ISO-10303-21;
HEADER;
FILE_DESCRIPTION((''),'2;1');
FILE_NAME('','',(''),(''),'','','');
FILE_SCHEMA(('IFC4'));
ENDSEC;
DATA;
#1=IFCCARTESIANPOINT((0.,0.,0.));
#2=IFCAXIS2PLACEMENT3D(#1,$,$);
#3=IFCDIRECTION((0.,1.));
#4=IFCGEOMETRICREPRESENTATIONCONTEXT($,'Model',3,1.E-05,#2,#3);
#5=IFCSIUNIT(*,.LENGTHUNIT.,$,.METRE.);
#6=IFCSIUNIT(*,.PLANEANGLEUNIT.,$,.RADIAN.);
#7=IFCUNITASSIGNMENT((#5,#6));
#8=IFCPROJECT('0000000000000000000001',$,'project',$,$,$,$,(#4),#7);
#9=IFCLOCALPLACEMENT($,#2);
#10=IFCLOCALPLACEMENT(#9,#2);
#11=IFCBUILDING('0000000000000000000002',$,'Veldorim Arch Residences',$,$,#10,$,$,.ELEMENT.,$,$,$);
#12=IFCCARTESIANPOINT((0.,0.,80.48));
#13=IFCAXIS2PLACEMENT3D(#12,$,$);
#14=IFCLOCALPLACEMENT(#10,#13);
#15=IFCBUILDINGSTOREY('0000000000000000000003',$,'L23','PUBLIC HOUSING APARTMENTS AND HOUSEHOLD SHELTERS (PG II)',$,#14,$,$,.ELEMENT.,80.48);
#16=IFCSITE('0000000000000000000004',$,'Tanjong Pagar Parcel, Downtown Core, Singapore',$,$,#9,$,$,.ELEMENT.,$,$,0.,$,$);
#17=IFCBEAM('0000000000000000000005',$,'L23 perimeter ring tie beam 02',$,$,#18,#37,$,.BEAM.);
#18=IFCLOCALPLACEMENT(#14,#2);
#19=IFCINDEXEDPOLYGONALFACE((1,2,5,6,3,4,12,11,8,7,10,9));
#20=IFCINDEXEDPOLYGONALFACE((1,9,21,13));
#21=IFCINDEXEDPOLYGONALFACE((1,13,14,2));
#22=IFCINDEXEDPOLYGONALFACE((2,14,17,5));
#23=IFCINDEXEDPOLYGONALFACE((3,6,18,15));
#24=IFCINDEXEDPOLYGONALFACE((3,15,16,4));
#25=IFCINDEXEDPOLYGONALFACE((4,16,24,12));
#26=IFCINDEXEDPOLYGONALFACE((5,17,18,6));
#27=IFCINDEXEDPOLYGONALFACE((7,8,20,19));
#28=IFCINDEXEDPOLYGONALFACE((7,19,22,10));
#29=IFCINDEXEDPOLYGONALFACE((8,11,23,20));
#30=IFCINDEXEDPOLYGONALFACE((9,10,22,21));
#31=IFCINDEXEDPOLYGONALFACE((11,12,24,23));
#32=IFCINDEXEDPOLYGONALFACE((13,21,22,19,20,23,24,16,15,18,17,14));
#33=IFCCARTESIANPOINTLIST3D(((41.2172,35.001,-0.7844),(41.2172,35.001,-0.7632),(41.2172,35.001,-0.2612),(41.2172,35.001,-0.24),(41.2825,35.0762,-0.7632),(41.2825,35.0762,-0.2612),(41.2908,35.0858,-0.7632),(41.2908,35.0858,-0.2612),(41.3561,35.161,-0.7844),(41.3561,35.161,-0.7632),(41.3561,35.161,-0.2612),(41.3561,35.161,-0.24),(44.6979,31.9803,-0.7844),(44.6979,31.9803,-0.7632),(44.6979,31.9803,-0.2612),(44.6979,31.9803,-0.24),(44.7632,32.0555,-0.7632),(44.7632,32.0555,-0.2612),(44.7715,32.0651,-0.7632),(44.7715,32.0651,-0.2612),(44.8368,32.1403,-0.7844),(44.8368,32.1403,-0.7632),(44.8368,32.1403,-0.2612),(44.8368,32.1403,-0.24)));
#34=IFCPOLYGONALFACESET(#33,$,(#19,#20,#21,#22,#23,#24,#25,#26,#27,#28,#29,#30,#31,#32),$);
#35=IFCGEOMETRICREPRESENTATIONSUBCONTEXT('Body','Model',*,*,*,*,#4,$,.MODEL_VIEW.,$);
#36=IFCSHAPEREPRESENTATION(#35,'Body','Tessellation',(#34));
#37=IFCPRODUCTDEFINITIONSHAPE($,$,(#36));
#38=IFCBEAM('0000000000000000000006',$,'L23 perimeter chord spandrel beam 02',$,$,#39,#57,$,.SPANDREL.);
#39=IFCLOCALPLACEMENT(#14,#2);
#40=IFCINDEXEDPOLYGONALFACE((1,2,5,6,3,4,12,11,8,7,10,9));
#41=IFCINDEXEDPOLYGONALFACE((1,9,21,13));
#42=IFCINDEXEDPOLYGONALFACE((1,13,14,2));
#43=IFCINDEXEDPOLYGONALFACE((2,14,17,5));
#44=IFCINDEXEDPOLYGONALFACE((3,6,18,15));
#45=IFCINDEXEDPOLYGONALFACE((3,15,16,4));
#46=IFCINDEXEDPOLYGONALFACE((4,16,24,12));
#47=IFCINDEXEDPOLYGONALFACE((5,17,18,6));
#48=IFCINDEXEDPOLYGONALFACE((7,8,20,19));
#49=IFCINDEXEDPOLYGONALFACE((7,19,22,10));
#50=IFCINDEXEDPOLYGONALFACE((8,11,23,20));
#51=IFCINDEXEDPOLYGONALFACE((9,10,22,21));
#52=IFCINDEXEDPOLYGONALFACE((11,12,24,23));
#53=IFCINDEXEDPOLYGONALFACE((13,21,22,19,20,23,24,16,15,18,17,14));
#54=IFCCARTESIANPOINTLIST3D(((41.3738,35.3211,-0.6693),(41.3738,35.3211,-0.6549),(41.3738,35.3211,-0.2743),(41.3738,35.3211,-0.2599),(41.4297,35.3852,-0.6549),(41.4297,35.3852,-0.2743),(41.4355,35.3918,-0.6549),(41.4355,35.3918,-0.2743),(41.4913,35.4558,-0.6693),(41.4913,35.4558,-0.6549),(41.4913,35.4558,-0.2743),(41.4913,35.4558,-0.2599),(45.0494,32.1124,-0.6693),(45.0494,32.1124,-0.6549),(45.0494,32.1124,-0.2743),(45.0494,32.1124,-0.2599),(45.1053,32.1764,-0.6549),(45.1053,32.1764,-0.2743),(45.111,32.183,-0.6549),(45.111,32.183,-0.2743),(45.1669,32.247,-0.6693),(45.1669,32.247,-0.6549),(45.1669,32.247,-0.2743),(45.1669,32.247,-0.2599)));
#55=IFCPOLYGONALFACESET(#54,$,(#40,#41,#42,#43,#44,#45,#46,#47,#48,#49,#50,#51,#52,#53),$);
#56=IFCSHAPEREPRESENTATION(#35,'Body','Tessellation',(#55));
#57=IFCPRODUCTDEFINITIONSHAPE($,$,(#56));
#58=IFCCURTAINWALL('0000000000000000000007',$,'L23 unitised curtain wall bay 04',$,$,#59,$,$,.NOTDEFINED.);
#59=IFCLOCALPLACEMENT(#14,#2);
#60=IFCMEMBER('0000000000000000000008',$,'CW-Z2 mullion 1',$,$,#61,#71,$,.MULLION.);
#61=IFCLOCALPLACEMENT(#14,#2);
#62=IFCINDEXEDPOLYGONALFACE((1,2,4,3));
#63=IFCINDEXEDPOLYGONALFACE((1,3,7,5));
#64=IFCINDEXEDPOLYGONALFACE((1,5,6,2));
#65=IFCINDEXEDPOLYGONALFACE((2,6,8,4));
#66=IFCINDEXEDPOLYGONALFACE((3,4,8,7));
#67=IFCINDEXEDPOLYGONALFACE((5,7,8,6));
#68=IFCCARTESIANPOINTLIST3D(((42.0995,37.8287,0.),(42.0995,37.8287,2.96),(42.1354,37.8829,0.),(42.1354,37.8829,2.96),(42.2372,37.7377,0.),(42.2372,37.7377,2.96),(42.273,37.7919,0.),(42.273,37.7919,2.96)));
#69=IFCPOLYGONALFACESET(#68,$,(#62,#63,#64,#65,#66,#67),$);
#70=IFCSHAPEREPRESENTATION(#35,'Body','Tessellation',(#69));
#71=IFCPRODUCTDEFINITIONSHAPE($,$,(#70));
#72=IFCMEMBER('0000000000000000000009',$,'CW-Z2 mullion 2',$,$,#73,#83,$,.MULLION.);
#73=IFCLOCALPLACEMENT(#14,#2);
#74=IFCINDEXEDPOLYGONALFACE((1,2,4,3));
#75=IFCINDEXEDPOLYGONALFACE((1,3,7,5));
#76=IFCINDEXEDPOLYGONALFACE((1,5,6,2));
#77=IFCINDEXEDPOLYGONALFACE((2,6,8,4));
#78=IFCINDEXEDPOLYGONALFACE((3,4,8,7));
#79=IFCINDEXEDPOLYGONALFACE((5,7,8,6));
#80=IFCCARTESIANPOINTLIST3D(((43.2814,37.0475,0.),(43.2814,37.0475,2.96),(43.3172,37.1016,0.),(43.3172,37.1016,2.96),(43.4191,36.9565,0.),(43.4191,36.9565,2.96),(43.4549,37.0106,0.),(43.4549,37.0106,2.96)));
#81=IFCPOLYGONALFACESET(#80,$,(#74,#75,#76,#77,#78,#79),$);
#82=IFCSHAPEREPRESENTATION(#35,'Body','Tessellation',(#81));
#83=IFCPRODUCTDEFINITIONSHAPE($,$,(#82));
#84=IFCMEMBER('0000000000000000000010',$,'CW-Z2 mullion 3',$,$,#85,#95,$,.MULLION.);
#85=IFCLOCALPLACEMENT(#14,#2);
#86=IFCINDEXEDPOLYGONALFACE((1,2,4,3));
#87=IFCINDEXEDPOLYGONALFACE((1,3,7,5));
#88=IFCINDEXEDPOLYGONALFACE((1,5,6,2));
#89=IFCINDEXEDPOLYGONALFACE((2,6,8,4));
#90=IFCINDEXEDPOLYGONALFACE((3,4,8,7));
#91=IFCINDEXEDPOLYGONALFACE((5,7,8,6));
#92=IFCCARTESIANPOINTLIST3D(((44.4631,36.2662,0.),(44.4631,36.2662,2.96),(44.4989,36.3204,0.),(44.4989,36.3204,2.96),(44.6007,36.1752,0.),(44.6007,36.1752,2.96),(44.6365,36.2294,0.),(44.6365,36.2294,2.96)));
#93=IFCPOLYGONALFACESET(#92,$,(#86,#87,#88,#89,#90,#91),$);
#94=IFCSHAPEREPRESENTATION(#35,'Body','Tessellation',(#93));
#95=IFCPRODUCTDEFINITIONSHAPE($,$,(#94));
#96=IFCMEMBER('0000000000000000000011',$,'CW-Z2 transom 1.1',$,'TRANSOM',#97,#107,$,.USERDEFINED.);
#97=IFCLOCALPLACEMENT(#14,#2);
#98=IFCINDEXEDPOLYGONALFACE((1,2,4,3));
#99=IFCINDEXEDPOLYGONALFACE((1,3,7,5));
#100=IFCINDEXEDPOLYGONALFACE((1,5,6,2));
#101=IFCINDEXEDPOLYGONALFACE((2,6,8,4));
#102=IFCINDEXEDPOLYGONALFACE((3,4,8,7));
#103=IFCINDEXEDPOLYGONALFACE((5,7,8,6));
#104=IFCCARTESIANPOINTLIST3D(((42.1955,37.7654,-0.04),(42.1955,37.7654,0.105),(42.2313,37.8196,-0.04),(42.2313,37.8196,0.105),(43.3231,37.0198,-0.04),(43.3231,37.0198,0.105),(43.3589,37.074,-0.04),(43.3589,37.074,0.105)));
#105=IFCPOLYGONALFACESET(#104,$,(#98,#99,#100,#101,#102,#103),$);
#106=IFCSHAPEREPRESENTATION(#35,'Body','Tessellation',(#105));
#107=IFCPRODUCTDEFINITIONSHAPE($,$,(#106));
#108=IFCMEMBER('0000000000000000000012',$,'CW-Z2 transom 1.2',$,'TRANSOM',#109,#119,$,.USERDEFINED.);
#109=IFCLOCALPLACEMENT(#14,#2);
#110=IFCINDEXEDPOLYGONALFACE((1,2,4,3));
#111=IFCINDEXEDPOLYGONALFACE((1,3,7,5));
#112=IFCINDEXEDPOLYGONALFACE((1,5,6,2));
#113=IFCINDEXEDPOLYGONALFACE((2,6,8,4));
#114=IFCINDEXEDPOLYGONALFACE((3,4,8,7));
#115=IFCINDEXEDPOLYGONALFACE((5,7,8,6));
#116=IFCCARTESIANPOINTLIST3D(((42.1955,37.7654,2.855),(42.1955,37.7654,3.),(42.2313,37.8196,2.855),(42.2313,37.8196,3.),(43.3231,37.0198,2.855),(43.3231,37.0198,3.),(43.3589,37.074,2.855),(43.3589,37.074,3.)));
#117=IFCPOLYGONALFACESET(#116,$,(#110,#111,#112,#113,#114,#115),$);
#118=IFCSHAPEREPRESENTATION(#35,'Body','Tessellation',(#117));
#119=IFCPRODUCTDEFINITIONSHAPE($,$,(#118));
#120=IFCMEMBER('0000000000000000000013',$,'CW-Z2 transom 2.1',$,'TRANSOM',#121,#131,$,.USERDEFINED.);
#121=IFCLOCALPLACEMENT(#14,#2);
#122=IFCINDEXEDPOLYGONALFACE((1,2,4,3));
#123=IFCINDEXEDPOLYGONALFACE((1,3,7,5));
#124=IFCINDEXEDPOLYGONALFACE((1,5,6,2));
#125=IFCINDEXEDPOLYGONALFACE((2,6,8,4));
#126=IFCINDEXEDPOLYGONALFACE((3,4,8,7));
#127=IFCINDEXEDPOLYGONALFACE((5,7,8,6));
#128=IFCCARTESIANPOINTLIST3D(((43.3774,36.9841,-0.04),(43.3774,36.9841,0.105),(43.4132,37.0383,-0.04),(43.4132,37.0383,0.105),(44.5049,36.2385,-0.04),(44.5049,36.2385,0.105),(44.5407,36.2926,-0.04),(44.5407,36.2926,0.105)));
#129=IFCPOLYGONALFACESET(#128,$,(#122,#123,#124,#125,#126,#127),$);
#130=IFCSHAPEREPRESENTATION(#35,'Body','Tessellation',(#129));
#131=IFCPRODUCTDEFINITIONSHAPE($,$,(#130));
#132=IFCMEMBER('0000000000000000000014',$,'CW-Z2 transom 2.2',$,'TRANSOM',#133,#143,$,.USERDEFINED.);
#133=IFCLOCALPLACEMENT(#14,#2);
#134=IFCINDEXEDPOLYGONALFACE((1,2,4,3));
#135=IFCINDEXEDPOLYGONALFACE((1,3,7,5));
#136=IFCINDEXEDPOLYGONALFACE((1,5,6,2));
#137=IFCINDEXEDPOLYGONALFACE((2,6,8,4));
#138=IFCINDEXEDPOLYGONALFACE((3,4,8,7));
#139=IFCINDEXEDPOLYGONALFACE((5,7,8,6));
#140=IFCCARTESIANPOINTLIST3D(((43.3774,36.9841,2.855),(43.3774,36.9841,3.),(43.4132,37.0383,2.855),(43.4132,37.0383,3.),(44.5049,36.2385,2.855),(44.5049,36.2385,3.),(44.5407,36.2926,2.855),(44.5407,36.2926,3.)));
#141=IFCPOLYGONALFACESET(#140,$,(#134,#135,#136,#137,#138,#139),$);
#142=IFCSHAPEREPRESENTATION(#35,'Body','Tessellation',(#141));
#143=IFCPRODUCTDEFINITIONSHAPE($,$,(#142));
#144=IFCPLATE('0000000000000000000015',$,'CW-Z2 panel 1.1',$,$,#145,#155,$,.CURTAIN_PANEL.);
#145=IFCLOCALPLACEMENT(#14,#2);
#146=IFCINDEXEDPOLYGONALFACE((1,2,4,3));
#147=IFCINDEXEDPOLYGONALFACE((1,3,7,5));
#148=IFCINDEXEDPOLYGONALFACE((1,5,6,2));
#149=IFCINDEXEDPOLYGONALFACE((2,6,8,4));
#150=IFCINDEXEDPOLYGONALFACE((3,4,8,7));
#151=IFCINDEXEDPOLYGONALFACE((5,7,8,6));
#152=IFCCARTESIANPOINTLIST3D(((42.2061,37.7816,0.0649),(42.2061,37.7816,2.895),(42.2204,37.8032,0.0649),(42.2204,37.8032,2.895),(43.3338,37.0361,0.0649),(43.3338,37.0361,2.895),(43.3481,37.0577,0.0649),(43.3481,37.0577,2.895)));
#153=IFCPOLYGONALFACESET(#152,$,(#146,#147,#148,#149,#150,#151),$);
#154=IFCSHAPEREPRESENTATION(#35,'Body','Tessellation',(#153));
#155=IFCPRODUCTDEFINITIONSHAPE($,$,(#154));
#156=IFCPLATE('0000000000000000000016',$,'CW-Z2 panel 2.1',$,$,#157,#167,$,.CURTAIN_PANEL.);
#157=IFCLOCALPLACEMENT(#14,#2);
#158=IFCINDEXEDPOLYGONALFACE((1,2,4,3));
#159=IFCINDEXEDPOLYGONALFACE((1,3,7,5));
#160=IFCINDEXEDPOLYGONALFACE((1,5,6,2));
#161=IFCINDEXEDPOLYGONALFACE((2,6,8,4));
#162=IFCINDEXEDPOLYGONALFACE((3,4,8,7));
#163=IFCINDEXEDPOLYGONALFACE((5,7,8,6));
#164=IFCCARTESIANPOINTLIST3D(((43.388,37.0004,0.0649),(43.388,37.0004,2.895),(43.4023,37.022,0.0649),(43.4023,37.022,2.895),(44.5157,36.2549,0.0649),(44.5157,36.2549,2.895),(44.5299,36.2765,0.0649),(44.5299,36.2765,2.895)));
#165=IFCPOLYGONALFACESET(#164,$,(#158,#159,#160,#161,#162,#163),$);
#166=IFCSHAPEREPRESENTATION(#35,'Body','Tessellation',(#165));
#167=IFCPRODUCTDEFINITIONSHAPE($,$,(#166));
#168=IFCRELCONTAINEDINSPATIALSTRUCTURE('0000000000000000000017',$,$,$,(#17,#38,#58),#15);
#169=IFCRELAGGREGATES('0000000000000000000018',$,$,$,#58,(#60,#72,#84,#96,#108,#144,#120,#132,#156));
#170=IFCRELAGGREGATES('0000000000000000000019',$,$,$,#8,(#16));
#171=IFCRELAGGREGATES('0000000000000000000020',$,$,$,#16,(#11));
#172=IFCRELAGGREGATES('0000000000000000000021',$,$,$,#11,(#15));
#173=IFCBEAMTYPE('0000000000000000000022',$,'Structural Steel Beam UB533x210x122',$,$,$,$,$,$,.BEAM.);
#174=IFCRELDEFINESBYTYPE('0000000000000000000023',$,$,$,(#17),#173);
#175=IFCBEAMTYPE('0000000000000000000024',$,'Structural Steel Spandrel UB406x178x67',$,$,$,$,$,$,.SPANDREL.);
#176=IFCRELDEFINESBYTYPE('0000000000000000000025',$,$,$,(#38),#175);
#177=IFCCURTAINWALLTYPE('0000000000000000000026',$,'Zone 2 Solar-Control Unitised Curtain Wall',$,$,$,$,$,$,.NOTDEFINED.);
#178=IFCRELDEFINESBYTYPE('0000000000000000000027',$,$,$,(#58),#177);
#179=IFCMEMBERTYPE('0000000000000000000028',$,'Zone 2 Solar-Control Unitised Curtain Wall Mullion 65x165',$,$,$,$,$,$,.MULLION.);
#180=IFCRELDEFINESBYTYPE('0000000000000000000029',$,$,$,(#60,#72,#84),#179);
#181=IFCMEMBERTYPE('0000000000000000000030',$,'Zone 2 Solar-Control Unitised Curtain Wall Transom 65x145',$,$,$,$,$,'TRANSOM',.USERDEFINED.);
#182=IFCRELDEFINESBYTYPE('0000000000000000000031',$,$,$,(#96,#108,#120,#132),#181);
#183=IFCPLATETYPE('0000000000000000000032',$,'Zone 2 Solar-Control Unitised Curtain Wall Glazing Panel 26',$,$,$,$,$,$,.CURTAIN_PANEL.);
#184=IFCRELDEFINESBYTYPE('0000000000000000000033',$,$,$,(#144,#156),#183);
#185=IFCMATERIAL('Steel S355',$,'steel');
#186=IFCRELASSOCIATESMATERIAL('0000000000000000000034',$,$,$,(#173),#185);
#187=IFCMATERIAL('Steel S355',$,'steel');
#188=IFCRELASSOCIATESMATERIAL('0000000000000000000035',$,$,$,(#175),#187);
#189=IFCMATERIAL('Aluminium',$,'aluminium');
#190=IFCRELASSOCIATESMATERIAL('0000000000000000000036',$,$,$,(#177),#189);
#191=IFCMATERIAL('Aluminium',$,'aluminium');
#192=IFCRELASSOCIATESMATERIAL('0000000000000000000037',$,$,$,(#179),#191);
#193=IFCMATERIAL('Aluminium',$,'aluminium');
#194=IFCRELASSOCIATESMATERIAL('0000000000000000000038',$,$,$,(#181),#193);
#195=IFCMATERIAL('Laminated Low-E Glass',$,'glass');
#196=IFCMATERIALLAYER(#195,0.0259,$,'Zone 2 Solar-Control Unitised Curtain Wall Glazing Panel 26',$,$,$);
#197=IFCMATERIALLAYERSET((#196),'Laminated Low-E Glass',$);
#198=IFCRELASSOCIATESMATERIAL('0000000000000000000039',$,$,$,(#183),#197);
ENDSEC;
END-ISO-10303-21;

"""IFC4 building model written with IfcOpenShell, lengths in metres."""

from ifc_helpers import new_model, si_unit, direction, frame, origin, origin_2d, place, context, subcontext, project, spatial, rectangle, i_section, extrude, material, layer, layer_set, material_profile, profile_set, type_object, element, aggregate, save


model = new_model("IFC4")

# Units and contexts
model_context = context("Model", 3, precision=1e-05, world=origin(), true_north=direction((0.0, 1.0)))
body_context = subcontext(model_context, "Body", "Model", "MODEL_VIEW")
ifc_project = project(units=[si_unit("LENGTHUNIT", "METRE"), si_unit("PLANEANGLEUNIT", "RADIAN")], contexts=[model_context])

# Site, building, storey
site_placement = place(None, origin())
site = spatial("IfcSite", under=ifc_project, at=site_placement, Name="Tanjong Pagar Parcel, Downtown Core, Singapore", CompositionType="ELEMENT", RefElevation=0.0)
building_placement = place(site_placement, origin())
building = spatial("IfcBuilding", under=site, at=building_placement, Name="Veldorim Arch Residences", CompositionType="ELEMENT")
storey_placement = place(building_placement, frame((0.0, 0.0, 80.48)))
storey = spatial("IfcBuildingStorey", under=building, at=storey_placement, Name="L23", Description="PUBLIC HOUSING APARTMENTS AND HOUSEHOLD SHELTERS (PG II)", CompositionType="ELEMENT", Elevation=80.48)

# Beams
ifc_material_1 = material(Name="Steel S355", Category="steel")
ifc_material_profile_1 = material_profile(ifc_material_1, i_section(OverallWidth=0.2119, OverallDepth=0.5444, WebThickness=0.0127, FlangeThickness=0.0212, at=origin_2d()), Name="UB533x210x122")
ifc_profile_set_1 = profile_set([ifc_material_profile_1], Name="Steel S355")
beam_type_1 = type_object("IfcBeamType", Name="Structural Steel Beam UB533x210x122", PredefinedType="BEAM", material=ifc_profile_set_1)
beam_1_placement = place(storey_placement, frame((44.7673, 32.0603, -0.5122), z_axis=(-0.755245, 0.655443, 0.0), x_axis=(-0.655443, -0.755245, 0.0)))
element("IfcBeam", 1, at=beam_1_placement, inside=storey, type_object=beam_type_1, Name="L23 perimeter ring tie beam 02", PredefinedType="BEAM", context=body_context, shape_type="SweptSolid", body=[
    extrude(i_section(OverallWidth=0.2119, OverallDepth=0.5444, WebThickness=0.0127, FlangeThickness=0.0212, at=origin_2d()), origin(), (0.0, 0.0, 1.0), 4.6086),
])
ifc_material_2 = material(Name="Steel S355", Category="steel")
ifc_material_profile_2 = material_profile(ifc_material_2, i_section(OverallWidth=0.1787, OverallDepth=0.4094, WebThickness=0.0088, FlangeThickness=0.0144, at=origin_2d()), Name="UB406x178x67")
ifc_profile_set_2 = profile_set([ifc_material_profile_2], Name="Steel S355")
beam_type_2 = type_object("IfcBeamType", Name="Structural Steel Spandrel UB406x178x67", PredefinedType="SPANDREL", material=ifc_profile_set_2)
beam_2_placement = place(storey_placement, frame((45.1082, 32.1797, -0.4646), z_axis=(-0.753323, 0.65765, 0.0), x_axis=(-0.65765, -0.753323, 0.0)))
element("IfcBeam", 2, at=beam_2_placement, inside=storey, type_object=beam_type_2, Name="L23 perimeter chord spandrel beam 02", PredefinedType="SPANDREL", context=body_context, shape_type="SweptSolid", body=[
    extrude(i_section(OverallWidth=0.1787, OverallDepth=0.4094, WebThickness=0.0088, FlangeThickness=0.0144, at=origin_2d()), origin(), (0.0, 0.0, 1.0), 4.8792),
])

# Curtain wall, members, plates
ifc_material_3 = material(Name="Aluminium", Category="aluminium")
curtain_wall_type = type_object("IfcCurtainWallType", Name="Zone 2 Solar-Control Unitised Curtain Wall", PredefinedType="NOTDEFINED", material=ifc_material_3)
curtain_wall_placement = place(storey_placement, origin())
curtain_wall = element("IfcCurtainWall", 3, at=curtain_wall_placement, inside=storey, type_object=curtain_wall_type, Name="L23 unitised curtain wall bay 04", PredefinedType="NOTDEFINED")
ifc_material_4 = material(Name="Aluminium", Category="aluminium")
ifc_material_profile_3 = material_profile(ifc_material_4, rectangle(XDim=0.0649, YDim=0.165, at=origin_2d()), Name="ALU_MUL_65x165")
ifc_profile_set_3 = profile_set([ifc_material_profile_3], Name="Aluminium")
member_type_1 = type_object("IfcMemberType", Name="Zone 2 Solar-Control Unitised Curtain Wall Mullion 65x165", PredefinedType="MULLION", material=ifc_profile_set_3)
member_1_placement = place(storey_placement, frame((42.1863, 37.8103, 0.0), z_axis=(0.0, 0.0, 1.0), x_axis=(0.551503, 0.834173, 0.0)))
member_1 = element("IfcMember", 4, at=member_1_placement, type_object=member_type_1, Name="CW-Z2 mullion 1", PredefinedType="MULLION", context=body_context, shape_type="SweptSolid", body=[
    extrude(rectangle(XDim=0.0649, YDim=0.165, at=origin_2d()), origin(), (0.0, 0.0, 1.0), 2.96),
])
member_2_placement = place(storey_placement, frame((43.3682, 37.0291, 0.0), z_axis=(0.0, 0.0, 1.0), x_axis=(0.551503, 0.834173, 0.0)))
member_2 = element("IfcMember", 5, at=member_2_placement, type_object=member_type_1, Name="CW-Z2 mullion 2", PredefinedType="MULLION", context=body_context, shape_type="SweptSolid", body=[
    extrude(rectangle(XDim=0.0649, YDim=0.165, at=origin_2d()), origin(), (0.0, 0.0, 1.0), 2.96),
])
member_3_placement = place(storey_placement, frame((44.5498, 36.2478, 0.0), z_axis=(0.0, 0.0, 1.0), x_axis=(0.551503, 0.834173, 0.0)))
member_3 = element("IfcMember", 6, at=member_3_placement, type_object=member_type_1, Name="CW-Z2 mullion 3", PredefinedType="MULLION", context=body_context, shape_type="SweptSolid", body=[
    extrude(rectangle(XDim=0.0649, YDim=0.165, at=origin_2d()), origin(), (0.0, 0.0, 1.0), 2.96),
])
ifc_material_5 = material(Name="Aluminium", Category="aluminium")
ifc_material_profile_4 = material_profile(ifc_material_5, rectangle(XDim=0.0649, YDim=0.145, at=origin_2d()), Name="ALU_TRN_65x145")
ifc_profile_set_4 = profile_set([ifc_material_profile_4], Name="Aluminium")
member_type_2 = type_object("IfcMemberType", Name="Zone 2 Solar-Control Unitised Curtain Wall Transom 65x145", ElementType="TRANSOM", PredefinedType="USERDEFINED", material=ifc_profile_set_4)
member_4_placement = place(storey_placement, frame((42.2134, 37.7925, 0.0325), z_axis=(0.834156, -0.551529, 0.0), x_axis=(0.551529, 0.834156, 0.0)))
member_4 = element("IfcMember", 7, at=member_4_placement, type_object=member_type_2, Name="CW-Z2 transom 1.1", ObjectType="TRANSOM", PredefinedType="USERDEFINED", context=body_context, shape_type="SweptSolid", body=[
    extrude(rectangle(XDim=0.0649, YDim=0.145, at=origin_2d()), origin(), (0.0, 0.0, 1.0), 1.3518),
])
member_5_placement = place(storey_placement, frame((42.2134, 37.7925, 2.9275), z_axis=(0.834156, -0.551529, 0.0), x_axis=(0.551529, 0.834156, 0.0)))
member_5 = element("IfcMember", 8, at=member_5_placement, type_object=member_type_2, Name="CW-Z2 transom 1.2", ObjectType="TRANSOM", PredefinedType="USERDEFINED", context=body_context, shape_type="SweptSolid", body=[
    extrude(rectangle(XDim=0.0649, YDim=0.145, at=origin_2d()), origin(), (0.0, 0.0, 1.0), 1.3518),
])
member_6_placement = place(storey_placement, frame((43.3953, 37.0112, 0.0325), z_axis=(0.834101, -0.551612, 0.0), x_axis=(0.551612, 0.834101, 0.0)))
member_6 = element("IfcMember", 9, at=member_6_placement, type_object=member_type_2, Name="CW-Z2 transom 2.1", ObjectType="TRANSOM", PredefinedType="USERDEFINED", context=body_context, shape_type="SweptSolid", body=[
    extrude(rectangle(XDim=0.0649, YDim=0.145, at=origin_2d()), origin(), (0.0, 0.0, 1.0), 1.3518),
])
member_7_placement = place(storey_placement, frame((43.3953, 37.0112, 2.9275), z_axis=(0.834101, -0.551612, 0.0), x_axis=(0.551612, 0.834101, 0.0)))
member_7 = element("IfcMember", 10, at=member_7_placement, type_object=member_type_2, Name="CW-Z2 transom 2.2", ObjectType="TRANSOM", PredefinedType="USERDEFINED", context=body_context, shape_type="SweptSolid", body=[
    extrude(rectangle(XDim=0.0649, YDim=0.145, at=origin_2d()), origin(), (0.0, 0.0, 1.0), 1.3518),
])
ifc_material_6 = material(Name="Laminated Low-E Glass", Category="glass")
ifc_layer_1 = layer(ifc_material_6, 0.0259, Name="Zone 2 Solar-Control Unitised Curtain Wall Glazing Panel 26")
ifc_layer_set_1 = layer_set([ifc_layer_1], Name="Laminated Low-E Glass")
plate_type = type_object("IfcPlateType", Name="Zone 2 Solar-Control Unitised Curtain Wall Glazing Panel 26", PredefinedType="CURTAIN_PANEL", material=ifc_layer_set_1)
plate_1_placement = place(storey_placement, frame((42.7771, 37.4197, 0.0649), z_axis=(0.0, 0.0, 1.0), x_axis=(0.834173, -0.551503, 0.0)))
plate_1 = element("IfcPlate", 11, at=plate_1_placement, type_object=plate_type, Name="CW-Z2 panel 1.1", PredefinedType="CURTAIN_PANEL", context=body_context, shape_type="SweptSolid", body=[
    extrude(rectangle(XDim=1.3518, YDim=0.0259, at=origin_2d()), origin(), (0.0, 0.0, 1.0), 2.8301),
])
plate_2_placement = place(storey_placement, frame((43.959, 36.6384, 0.0649), z_axis=(0.0, 0.0, 1.0), x_axis=(0.834173, -0.551503, 0.0)))
plate_2 = element("IfcPlate", 12, at=plate_2_placement, type_object=plate_type, Name="CW-Z2 panel 2.1", PredefinedType="CURTAIN_PANEL", context=body_context, shape_type="SweptSolid", body=[
    extrude(rectangle(XDim=1.3518, YDim=0.0259, at=origin_2d()), origin(), (0.0, 0.0, 1.0), 2.8301),
])
aggregate(curtain_wall, [member_1, member_2, member_3, member_4, member_5, plate_1, member_6, member_7, plate_2])

save(model, "model.ifc")
